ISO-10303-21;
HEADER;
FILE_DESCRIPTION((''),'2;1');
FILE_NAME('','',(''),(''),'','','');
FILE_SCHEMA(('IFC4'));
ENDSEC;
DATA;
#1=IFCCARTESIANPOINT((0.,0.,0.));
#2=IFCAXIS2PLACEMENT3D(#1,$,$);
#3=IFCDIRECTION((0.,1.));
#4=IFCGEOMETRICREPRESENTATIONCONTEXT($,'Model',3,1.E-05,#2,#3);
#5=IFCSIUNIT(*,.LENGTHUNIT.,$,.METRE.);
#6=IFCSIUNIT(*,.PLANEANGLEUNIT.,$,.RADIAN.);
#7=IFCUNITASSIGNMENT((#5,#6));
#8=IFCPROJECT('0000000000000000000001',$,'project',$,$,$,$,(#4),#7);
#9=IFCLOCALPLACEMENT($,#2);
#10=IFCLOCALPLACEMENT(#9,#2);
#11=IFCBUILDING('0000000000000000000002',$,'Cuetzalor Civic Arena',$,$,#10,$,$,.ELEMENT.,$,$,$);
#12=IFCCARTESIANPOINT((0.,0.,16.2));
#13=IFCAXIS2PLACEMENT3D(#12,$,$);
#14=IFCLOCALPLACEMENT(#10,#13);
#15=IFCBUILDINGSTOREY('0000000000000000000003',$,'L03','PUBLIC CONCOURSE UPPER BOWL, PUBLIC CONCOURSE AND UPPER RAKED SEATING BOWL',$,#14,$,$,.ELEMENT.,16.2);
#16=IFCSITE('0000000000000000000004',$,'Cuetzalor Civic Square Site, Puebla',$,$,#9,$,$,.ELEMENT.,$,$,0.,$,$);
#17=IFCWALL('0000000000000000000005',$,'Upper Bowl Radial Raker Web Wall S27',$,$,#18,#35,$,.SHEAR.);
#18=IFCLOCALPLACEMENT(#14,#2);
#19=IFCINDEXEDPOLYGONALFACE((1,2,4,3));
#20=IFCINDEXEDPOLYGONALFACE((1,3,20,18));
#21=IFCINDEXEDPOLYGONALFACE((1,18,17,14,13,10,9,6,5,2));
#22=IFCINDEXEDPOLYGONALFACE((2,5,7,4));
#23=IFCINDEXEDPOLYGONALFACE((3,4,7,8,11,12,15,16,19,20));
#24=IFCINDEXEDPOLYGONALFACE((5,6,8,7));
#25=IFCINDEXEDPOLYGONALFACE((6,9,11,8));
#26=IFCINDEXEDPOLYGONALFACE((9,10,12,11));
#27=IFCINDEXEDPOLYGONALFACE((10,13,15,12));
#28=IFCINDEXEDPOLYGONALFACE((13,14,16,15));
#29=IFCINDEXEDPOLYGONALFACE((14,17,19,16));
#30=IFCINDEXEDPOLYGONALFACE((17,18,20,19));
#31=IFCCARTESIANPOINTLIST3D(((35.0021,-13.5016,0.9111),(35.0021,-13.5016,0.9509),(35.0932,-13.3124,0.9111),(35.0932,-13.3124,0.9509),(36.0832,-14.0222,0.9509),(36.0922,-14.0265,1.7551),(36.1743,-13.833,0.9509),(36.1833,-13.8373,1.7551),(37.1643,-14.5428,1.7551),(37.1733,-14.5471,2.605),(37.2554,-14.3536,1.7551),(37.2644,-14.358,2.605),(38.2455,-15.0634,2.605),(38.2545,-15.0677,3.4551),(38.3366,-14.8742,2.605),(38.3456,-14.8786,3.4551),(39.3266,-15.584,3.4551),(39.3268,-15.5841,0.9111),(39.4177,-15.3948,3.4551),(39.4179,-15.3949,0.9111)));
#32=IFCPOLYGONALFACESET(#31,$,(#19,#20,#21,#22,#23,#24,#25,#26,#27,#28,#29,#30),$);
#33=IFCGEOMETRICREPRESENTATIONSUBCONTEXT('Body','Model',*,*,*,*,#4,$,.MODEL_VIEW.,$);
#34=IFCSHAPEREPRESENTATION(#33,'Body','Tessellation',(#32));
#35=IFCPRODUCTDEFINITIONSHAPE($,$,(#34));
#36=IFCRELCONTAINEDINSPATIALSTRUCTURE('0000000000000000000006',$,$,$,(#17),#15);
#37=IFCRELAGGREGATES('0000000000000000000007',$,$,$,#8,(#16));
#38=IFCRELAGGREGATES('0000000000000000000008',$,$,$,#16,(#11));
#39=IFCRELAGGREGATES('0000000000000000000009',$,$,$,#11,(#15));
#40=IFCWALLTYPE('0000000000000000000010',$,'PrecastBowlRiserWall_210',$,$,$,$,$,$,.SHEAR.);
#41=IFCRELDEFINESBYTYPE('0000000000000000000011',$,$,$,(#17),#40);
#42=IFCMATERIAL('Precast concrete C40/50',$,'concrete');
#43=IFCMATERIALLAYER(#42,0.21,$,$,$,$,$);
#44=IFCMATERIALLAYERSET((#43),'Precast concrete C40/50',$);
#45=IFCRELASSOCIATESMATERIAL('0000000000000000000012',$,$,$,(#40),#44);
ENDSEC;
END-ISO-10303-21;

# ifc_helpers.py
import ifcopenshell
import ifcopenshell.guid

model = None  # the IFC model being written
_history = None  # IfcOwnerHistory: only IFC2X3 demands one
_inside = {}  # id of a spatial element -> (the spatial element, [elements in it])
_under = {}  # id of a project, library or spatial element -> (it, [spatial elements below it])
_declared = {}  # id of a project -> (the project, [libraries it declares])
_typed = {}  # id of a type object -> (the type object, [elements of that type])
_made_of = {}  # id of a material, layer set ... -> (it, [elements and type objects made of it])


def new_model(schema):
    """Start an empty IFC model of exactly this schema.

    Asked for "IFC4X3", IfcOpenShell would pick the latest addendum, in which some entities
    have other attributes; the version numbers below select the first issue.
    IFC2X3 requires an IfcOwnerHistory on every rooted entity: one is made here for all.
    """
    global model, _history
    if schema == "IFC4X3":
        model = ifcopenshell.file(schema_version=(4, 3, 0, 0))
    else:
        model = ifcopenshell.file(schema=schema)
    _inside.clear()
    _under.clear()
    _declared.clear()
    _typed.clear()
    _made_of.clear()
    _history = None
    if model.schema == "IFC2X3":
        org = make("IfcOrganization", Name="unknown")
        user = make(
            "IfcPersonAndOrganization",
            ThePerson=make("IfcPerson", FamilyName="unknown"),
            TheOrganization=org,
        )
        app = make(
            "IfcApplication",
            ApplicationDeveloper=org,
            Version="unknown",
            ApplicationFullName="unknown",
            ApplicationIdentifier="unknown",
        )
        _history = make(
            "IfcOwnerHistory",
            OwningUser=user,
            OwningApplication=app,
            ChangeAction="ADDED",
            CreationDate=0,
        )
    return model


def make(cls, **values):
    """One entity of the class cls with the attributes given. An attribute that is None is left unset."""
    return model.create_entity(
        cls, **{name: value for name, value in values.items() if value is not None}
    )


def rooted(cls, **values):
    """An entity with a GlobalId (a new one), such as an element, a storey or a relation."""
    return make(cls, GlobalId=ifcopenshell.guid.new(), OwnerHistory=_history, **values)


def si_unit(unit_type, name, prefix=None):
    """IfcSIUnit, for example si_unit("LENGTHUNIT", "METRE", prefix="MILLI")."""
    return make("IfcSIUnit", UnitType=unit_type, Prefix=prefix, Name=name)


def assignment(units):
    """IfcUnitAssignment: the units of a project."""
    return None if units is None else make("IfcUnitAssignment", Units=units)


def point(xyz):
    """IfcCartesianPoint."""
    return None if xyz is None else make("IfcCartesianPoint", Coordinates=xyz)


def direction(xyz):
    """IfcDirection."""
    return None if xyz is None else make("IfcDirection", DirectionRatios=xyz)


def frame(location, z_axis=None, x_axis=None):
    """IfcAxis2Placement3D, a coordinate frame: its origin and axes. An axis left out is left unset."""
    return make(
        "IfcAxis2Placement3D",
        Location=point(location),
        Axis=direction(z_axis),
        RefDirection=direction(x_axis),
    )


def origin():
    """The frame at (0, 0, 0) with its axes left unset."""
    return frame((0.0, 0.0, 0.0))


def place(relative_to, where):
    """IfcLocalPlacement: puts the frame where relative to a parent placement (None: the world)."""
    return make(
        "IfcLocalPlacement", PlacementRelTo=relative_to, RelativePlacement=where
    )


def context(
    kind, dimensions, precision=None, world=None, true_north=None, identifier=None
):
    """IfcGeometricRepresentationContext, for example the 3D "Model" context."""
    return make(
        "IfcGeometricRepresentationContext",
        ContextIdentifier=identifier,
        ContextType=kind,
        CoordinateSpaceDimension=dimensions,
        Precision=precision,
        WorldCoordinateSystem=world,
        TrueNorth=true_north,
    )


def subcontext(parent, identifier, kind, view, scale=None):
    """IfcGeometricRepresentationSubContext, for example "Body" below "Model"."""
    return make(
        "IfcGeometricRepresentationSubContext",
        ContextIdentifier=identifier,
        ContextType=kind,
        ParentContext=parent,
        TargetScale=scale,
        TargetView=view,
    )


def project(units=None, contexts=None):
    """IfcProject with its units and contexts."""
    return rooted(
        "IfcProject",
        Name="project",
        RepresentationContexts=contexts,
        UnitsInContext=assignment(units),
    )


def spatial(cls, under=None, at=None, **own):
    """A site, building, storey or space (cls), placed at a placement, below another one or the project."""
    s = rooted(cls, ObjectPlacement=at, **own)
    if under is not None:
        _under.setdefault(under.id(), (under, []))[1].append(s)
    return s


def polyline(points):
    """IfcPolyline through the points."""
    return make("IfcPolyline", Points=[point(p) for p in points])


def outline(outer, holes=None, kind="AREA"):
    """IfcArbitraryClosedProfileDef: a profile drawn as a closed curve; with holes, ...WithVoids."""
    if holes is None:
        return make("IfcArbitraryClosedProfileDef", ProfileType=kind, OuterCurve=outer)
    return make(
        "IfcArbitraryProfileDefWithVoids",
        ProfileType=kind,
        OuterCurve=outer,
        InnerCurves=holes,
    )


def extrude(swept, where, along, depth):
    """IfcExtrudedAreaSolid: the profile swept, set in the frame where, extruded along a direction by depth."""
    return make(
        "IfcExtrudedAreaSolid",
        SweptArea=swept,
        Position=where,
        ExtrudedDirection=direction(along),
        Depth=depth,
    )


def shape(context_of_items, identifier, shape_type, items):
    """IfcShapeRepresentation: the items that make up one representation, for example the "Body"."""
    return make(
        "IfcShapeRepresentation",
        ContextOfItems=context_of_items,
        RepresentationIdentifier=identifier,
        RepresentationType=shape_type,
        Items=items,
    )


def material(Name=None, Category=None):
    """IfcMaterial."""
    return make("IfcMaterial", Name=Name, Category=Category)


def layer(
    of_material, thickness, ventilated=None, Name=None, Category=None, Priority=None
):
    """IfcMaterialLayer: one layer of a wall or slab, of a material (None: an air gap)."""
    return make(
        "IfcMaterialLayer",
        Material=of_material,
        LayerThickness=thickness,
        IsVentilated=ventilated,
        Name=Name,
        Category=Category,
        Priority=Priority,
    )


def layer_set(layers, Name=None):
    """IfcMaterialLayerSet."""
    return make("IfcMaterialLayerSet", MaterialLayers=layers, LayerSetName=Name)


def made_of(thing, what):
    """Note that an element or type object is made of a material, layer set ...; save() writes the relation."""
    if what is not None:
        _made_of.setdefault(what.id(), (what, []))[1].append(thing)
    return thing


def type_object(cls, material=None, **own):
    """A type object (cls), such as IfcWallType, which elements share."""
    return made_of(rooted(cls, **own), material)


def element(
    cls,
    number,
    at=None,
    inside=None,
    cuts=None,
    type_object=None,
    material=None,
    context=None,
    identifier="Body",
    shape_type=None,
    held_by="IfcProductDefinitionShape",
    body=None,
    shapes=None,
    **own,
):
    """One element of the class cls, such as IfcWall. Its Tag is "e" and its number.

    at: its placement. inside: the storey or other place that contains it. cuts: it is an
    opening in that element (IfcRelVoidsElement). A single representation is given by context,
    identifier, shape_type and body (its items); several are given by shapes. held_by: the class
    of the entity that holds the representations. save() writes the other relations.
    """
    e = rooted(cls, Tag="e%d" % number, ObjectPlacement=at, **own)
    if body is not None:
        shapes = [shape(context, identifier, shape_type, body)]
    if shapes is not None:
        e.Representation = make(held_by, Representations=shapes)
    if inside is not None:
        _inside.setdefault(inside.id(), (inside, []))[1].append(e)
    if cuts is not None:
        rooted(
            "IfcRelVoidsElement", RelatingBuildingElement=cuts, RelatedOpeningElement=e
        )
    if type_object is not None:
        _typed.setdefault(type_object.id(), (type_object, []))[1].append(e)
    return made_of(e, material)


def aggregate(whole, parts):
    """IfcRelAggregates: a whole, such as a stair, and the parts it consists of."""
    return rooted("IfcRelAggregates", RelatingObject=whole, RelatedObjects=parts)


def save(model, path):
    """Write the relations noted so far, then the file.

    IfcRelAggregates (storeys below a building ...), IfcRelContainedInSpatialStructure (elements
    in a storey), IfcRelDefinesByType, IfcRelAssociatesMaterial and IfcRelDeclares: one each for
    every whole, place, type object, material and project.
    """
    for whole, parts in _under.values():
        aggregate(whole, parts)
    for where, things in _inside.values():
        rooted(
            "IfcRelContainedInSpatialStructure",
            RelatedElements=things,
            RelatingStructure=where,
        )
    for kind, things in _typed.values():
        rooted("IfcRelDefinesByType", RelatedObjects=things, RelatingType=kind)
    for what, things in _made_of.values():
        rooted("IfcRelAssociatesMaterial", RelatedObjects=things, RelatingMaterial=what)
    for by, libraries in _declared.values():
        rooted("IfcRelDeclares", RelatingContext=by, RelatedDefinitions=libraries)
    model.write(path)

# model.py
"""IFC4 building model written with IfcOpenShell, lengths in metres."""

from ifc_helpers import new_model, si_unit, direction, frame, origin, place, context, subcontext, project, spatial, polyline, outline, extrude, material, layer, layer_set, type_object, element, save


model = new_model("IFC4")

# Units and contexts
model_context = context("Model", 3, precision=1e-05, world=origin(), true_north=direction((0.0, 1.0)))
body_context = subcontext(model_context, "Body", "Model", "MODEL_VIEW")
ifc_project = project(units=[si_unit("LENGTHUNIT", "METRE"), si_unit("PLANEANGLEUNIT", "RADIAN")], contexts=[model_context])

# Site, building, storey
site_placement = place(None, origin())
site = spatial("IfcSite", under=ifc_project, at=site_placement, Name="Cuetzalor Civic Square Site, Puebla", CompositionType="ELEMENT", RefElevation=0.0)
building_placement = place(site_placement, origin())
building = spatial("IfcBuilding", under=site, at=building_placement, Name="Cuetzalor Civic Arena", CompositionType="ELEMENT")
storey_placement = place(building_placement, frame((0.0, 0.0, 16.2)))
storey = spatial("IfcBuildingStorey", under=building, at=storey_placement, Name="L03", Description="PUBLIC CONCOURSE UPPER BOWL, PUBLIC CONCOURSE AND UPPER RAKED SEATING BOWL", CompositionType="ELEMENT", Elevation=16.2)

# Wall
ifc_material_1 = material(Name="Precast concrete C40/50", Category="concrete")
ifc_layer_1 = layer(ifc_material_1, 0.21)
ifc_layer_set_1 = layer_set([ifc_layer_1], Name="Precast concrete C40/50")
wall_type = type_object("IfcWallType", Name="PrecastBowlRiserWall_210", PredefinedType="SHEAR", material=ifc_layer_set_1)
wall_placement = place(storey_placement, frame((35.0476, -13.407, 0.9111), z_axis=(0.0, 0.0, 1.0), x_axis=(0.900981, -0.433858, 0.0)))
element("IfcWall", 1, at=wall_placement, inside=storey, type_object=wall_type, Name="Upper Bowl Radial Raker Web Wall S27", PredefinedType="SHEAR", context=body_context, shape_type="SweptSolid", body=[
    extrude(outline(polyline([(0.0, 0.0), (4.8, 0.0), (4.7998, 2.5439), (3.6099, 2.5439), (3.5999, 1.6938), (2.4099, 1.6938), (2.3999, 0.844), (1.21, 0.844), (1.2, 0.0398), (0.0, 0.0398), (0.0, 0.0)])), frame((0.0, 0.105, 0.0), z_axis=(0.0, -1.0, 0.0), x_axis=(1.0, 0.0, 0.0)), (0.0, 0.0, 1.0), 0.21),
])

save(model, "model.ifc")
